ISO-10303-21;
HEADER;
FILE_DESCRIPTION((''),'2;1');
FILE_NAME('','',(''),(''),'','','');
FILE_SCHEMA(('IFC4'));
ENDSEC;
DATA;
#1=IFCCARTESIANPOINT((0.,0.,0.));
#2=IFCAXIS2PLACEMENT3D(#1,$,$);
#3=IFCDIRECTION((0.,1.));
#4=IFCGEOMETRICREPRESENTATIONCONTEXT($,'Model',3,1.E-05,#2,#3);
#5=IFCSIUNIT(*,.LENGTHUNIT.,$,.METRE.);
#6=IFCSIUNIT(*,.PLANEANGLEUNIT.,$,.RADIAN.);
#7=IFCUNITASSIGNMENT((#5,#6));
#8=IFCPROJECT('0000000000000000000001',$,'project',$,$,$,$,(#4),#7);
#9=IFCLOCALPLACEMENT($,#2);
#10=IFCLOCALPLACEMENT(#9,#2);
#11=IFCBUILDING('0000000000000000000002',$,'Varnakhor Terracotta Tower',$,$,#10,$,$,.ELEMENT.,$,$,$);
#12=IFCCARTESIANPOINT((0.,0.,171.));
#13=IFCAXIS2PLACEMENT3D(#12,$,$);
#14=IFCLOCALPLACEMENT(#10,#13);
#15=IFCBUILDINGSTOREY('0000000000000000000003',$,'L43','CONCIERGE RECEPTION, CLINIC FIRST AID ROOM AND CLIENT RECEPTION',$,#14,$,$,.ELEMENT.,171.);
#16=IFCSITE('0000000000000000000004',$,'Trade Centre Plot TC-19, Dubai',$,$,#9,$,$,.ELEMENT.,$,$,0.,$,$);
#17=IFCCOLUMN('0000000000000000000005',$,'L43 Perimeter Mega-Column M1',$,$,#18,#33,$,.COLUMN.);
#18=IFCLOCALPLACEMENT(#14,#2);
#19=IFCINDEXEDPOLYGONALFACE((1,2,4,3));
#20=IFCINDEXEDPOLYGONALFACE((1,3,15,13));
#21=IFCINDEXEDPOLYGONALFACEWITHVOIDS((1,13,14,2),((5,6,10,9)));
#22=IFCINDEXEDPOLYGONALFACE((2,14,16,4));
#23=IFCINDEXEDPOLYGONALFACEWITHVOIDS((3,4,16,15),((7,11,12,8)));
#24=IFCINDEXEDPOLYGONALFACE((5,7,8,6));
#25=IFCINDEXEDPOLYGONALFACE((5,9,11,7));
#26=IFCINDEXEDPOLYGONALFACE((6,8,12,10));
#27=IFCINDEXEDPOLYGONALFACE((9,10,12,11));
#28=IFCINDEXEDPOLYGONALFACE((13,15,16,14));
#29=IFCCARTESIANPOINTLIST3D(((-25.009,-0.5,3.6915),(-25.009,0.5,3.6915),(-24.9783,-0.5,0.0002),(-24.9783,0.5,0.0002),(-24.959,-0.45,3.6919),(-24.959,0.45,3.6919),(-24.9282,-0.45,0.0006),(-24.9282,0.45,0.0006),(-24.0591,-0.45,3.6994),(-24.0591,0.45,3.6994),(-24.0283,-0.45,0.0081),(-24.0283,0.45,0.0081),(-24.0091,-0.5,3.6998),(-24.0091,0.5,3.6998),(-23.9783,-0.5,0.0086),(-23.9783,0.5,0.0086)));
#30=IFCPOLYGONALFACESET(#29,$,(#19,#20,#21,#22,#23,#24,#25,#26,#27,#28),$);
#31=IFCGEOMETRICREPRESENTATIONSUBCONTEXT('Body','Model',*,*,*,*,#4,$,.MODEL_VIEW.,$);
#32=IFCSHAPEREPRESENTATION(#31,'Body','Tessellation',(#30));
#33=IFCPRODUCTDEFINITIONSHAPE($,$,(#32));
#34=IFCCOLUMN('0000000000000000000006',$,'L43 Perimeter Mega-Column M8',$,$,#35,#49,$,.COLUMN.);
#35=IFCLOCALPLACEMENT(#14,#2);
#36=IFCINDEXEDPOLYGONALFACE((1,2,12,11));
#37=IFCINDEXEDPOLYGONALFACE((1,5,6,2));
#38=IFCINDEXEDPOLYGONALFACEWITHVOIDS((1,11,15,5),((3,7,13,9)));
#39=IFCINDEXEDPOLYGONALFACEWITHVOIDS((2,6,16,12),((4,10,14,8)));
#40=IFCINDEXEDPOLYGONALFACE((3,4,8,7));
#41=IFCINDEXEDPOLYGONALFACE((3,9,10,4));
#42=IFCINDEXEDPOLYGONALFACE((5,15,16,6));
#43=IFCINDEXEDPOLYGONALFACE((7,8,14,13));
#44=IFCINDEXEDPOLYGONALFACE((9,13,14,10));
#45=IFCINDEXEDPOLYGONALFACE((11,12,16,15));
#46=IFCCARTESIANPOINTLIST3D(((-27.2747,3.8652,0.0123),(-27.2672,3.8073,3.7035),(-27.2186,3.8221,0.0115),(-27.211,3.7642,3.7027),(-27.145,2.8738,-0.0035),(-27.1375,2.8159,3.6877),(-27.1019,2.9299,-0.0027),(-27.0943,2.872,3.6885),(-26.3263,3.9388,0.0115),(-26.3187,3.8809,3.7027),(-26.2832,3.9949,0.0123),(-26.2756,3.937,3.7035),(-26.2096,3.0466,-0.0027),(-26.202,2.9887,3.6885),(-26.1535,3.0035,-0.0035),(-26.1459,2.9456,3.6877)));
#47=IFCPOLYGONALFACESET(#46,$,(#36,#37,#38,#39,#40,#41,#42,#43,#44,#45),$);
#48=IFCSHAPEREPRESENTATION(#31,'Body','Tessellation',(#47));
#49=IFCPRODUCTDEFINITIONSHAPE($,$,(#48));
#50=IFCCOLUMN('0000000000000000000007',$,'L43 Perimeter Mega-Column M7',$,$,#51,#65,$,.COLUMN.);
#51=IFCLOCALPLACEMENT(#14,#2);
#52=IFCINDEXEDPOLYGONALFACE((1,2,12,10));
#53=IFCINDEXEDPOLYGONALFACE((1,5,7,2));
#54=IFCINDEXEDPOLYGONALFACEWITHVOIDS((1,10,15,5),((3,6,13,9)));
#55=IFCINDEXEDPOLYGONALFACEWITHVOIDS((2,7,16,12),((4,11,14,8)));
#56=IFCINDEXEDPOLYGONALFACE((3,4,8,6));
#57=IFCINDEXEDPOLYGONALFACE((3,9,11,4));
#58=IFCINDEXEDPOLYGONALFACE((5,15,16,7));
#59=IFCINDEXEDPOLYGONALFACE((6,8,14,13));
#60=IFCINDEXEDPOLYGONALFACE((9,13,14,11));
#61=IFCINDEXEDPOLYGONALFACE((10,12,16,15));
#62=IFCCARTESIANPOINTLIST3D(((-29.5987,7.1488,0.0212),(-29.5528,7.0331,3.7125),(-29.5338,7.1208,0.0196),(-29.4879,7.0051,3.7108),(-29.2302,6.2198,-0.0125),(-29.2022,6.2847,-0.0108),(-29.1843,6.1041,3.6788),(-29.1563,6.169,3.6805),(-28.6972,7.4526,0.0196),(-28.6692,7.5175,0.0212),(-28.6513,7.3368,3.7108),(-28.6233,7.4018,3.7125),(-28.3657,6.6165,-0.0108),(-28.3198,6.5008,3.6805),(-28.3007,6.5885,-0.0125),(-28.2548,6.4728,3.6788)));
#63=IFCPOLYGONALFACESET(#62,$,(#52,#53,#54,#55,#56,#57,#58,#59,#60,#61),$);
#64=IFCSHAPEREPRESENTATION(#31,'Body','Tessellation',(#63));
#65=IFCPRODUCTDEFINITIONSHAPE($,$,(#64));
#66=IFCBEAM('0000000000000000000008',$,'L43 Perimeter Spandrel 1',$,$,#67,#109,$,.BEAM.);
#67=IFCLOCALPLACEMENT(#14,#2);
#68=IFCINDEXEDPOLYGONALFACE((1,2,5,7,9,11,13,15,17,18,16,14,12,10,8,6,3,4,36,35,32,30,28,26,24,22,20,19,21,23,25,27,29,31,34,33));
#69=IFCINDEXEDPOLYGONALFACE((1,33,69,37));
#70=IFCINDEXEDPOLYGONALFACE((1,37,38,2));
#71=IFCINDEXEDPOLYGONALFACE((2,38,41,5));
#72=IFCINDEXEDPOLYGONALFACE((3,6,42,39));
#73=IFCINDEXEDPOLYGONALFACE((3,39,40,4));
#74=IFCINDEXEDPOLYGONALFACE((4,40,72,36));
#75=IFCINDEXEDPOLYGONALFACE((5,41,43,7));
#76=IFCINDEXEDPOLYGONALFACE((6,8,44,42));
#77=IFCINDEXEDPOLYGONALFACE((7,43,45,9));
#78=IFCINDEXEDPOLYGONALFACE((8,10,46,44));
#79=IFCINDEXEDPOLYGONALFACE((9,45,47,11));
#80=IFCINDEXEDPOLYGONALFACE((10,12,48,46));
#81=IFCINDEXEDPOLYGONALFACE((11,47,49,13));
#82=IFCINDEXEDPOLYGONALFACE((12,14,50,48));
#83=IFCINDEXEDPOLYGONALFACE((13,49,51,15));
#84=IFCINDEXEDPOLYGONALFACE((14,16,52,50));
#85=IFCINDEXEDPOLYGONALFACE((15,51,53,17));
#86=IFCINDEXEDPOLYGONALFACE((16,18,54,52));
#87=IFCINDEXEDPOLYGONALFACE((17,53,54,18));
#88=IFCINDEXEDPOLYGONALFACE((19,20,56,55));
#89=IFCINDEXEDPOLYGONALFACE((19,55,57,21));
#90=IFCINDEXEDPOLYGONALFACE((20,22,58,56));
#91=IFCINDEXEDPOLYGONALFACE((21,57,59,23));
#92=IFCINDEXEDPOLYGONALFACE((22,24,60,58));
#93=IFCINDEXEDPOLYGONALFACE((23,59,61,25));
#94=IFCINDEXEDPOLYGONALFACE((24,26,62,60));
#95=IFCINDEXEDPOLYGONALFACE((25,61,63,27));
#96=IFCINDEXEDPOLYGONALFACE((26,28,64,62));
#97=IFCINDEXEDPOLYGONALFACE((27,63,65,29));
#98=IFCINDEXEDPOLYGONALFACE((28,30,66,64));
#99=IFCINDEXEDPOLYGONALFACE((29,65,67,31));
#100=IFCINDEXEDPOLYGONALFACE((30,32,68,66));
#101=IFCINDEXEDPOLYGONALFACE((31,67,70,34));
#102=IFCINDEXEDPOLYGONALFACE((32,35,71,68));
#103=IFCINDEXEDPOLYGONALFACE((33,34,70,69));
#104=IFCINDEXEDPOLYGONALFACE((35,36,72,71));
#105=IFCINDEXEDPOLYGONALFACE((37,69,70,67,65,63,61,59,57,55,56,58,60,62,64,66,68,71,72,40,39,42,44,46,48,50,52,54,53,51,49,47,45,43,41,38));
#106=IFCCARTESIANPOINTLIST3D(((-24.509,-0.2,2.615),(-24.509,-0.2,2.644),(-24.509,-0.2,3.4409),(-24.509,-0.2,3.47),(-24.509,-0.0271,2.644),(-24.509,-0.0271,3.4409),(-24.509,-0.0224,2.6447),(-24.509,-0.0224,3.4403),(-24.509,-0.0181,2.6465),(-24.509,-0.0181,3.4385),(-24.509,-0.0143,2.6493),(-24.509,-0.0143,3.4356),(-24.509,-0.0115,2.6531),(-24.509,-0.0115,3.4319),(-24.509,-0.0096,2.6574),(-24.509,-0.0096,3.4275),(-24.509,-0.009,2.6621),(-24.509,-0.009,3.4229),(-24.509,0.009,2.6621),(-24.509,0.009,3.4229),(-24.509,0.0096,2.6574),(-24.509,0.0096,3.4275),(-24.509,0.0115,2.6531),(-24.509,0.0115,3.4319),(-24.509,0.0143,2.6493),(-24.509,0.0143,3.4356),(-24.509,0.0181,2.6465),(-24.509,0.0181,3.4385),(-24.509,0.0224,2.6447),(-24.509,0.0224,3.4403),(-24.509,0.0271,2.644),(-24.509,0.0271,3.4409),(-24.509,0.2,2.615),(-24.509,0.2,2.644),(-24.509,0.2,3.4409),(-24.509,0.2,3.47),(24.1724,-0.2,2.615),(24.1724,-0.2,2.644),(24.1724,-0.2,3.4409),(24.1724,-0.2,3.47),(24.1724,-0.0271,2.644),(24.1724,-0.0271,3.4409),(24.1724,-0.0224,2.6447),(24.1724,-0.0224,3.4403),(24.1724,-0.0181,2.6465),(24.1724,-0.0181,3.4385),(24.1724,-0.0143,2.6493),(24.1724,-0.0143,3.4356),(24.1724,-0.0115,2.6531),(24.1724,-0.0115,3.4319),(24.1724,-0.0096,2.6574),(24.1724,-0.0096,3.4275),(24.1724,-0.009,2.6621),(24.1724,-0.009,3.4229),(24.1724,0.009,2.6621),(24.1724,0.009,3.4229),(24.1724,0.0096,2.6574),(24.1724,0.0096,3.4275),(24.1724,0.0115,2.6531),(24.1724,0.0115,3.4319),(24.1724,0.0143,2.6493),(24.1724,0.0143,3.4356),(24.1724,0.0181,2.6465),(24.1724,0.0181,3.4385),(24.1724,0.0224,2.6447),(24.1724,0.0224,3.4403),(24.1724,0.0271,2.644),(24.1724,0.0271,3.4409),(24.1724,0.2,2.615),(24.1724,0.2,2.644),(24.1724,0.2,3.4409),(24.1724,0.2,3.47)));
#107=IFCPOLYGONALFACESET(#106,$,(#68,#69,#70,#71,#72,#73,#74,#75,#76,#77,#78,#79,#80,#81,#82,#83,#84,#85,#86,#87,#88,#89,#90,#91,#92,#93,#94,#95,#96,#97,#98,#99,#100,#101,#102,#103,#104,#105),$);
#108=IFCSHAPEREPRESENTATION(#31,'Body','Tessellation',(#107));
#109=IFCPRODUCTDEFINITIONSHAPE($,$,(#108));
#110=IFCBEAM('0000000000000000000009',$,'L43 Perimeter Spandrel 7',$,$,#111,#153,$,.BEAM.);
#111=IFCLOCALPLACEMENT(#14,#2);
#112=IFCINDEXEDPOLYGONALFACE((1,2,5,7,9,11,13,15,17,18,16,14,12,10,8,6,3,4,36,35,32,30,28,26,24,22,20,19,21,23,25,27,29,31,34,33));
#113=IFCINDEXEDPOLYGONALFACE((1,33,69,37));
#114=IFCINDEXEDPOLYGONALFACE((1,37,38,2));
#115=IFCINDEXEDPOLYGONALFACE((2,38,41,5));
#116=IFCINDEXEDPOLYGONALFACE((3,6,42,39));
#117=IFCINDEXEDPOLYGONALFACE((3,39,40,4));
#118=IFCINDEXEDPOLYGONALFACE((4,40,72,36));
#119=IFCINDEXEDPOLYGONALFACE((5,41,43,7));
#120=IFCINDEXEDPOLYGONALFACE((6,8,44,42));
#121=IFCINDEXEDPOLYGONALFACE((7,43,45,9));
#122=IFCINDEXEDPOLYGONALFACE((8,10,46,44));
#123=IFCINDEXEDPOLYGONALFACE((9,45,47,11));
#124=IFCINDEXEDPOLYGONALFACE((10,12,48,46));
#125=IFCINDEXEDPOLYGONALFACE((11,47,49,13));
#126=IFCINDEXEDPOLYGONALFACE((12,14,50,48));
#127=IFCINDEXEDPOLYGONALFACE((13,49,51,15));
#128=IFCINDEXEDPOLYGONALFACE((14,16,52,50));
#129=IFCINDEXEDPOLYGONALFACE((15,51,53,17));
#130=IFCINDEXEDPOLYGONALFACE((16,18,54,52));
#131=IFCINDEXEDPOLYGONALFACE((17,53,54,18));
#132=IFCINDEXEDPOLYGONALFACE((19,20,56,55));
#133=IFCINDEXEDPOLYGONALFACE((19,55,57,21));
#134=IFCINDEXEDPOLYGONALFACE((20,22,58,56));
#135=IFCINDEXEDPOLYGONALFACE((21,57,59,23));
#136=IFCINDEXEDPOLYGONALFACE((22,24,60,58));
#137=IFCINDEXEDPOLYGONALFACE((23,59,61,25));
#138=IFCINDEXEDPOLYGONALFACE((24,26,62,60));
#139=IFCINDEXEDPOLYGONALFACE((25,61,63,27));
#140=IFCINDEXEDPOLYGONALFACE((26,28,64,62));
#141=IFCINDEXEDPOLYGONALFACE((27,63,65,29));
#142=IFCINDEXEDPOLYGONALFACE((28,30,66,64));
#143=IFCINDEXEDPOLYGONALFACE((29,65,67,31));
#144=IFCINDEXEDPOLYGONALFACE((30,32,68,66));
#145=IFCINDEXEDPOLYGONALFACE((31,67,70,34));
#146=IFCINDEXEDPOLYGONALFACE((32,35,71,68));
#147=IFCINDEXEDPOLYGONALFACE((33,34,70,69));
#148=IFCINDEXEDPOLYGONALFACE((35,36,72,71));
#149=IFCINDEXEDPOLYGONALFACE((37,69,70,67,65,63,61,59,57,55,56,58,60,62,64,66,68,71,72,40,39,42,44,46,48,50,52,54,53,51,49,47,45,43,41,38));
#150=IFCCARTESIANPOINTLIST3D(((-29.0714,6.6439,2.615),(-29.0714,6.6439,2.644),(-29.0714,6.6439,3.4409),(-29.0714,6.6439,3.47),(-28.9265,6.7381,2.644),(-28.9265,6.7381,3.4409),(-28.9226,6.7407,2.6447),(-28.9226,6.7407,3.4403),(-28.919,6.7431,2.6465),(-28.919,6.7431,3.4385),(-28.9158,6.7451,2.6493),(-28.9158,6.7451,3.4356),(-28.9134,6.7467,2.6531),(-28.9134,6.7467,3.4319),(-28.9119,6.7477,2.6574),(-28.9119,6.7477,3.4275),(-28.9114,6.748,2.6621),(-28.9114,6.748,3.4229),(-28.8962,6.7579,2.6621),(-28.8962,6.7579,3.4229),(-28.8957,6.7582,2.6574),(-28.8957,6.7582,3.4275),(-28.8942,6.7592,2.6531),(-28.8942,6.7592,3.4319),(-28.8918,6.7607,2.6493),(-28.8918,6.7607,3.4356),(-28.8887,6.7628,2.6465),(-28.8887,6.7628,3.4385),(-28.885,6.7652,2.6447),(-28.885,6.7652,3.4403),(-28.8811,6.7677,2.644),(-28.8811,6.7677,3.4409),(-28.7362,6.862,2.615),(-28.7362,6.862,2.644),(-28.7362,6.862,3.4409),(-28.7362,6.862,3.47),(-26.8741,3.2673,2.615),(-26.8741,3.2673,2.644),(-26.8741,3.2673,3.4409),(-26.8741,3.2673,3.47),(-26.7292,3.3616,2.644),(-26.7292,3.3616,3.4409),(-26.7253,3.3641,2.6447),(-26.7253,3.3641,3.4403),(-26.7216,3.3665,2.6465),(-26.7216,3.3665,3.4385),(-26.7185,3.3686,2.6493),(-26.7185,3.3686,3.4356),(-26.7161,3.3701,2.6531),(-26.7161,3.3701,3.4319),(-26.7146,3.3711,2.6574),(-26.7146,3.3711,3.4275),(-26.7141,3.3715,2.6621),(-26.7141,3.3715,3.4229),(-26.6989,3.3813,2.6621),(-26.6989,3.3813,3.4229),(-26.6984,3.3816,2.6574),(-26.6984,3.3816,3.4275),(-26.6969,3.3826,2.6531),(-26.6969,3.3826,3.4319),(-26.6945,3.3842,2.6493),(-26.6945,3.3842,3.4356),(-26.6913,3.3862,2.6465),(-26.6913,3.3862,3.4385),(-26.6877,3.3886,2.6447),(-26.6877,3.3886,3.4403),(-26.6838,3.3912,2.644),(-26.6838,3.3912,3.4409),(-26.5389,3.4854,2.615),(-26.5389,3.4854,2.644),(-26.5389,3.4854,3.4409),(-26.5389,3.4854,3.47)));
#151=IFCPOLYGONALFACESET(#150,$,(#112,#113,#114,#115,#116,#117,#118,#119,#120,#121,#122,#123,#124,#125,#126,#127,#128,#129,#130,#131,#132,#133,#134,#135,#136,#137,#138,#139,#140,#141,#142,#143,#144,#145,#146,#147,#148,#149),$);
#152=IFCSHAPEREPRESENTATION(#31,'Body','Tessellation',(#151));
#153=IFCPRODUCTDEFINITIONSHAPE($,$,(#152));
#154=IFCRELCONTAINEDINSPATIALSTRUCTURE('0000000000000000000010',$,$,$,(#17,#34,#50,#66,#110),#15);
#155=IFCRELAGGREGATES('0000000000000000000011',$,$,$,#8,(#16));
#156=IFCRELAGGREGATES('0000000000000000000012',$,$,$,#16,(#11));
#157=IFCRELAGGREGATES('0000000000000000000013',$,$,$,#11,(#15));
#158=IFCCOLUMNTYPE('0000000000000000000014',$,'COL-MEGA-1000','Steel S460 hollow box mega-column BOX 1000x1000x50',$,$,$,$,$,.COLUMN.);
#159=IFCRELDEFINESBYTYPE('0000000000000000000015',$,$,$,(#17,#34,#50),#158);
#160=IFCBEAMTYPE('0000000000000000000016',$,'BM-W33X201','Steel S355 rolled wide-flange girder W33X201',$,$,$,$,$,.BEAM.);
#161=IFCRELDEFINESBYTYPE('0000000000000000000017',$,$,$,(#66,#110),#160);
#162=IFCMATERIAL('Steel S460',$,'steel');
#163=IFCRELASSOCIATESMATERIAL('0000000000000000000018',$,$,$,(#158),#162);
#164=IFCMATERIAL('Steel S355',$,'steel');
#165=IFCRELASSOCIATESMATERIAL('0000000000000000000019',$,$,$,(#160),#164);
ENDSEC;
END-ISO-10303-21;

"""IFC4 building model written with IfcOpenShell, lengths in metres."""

from ifc_helpers import new_model, si_unit, direction, frame, origin, origin_2d, place, context, subcontext, project, spatial, hollow_rectangle, i_section, extrude, source, transform, mapped, material, material_profile, profile_set, type_object, type_shapes, element, save


model = new_model("IFC4")

# Units and contexts
model_context = context("Model", 3, precision=1e-05, world=origin(), true_north=direction((0.0, 1.0)))
body_context = subcontext(model_context, "Body", "Model", "MODEL_VIEW")
ifc_project = project(units=[si_unit("LENGTHUNIT", "METRE"), si_unit("PLANEANGLEUNIT", "RADIAN")], contexts=[model_context])

# Site, building, storey
site_placement = place(None, origin())
site = spatial("IfcSite", under=ifc_project, at=site_placement, Name="Trade Centre Plot TC-19, Dubai", CompositionType="ELEMENT", RefElevation=0.0)
building_placement = place(site_placement, origin())
building = spatial("IfcBuilding", under=site, at=building_placement, Name="Varnakhor Terracotta Tower", CompositionType="ELEMENT")
storey_placement = place(building_placement, frame((0.0, 0.0, 171.0)))
storey = spatial("IfcBuildingStorey", under=building, at=storey_placement, Name="L43", Description="CONCIERGE RECEPTION, CLINIC FIRST AID ROOM AND CLIENT RECEPTION", CompositionType="ELEMENT", Elevation=171.0)

# Columns
ifc_material_1 = material(Name="Steel S460", Category="steel")
ifc_material_profile_1 = material_profile(ifc_material_1, hollow_rectangle(XDim=1.0, YDim=1.0, WallThickness=0.05, at=origin_2d()), Name="BOX 1000x1000x50")
ifc_profile_set_1 = profile_set([ifc_material_profile_1], Name="Steel S460")
column_type = type_object("IfcColumnType", Name="COL-MEGA-1000", Description="Steel S460 hollow box mega-column BOX 1000x1000x50", PredefinedType="COLUMN", material=ifc_profile_set_1)
shared_shape_1 = source(origin(), body_context, "Body", "SweptSolid", [
    extrude(hollow_rectangle(XDim=1.0, YDim=1.0, WallThickness=0.05, at=origin_2d()), origin(), (0.0, 0.0, 1.0), 3.6914),
])
type_shapes(column_type, [shared_shape_1])
column_1_placement = place(storey_placement, frame((-24.4783, 0.0, 0.0044), z_axis=(-0.008334, 0.0, 0.999965), x_axis=(0.0, -1.0, 0.0)))
element("IfcColumn", 1, at=column_1_placement, inside=storey, type_object=column_type, Name="L43 Perimeter Mega-Column M1", PredefinedType="COLUMN", context=body_context, shape_type="MappedRepresentation", body=[
    mapped(shared_shape_1, transform((0.0, 0.0, 0.0), scale=1.0)),
])
shared_shape_2 = source(origin(), body_context, "Body", "SweptSolid", [
    extrude(hollow_rectangle(XDim=1.0, YDim=1.0, WallThickness=0.05, at=origin_2d()), origin(), (0.0, 0.0, 1.0), 3.6917),
])
column_2_placement = place(storey_placement, frame((-26.7141, 3.4343, 0.0044), z_axis=(0.00205, -0.015674, 0.999875), x_axis=(0.991554, 0.129697, 0.0)))
element("IfcColumn", 2, at=column_2_placement, inside=storey, type_object=column_type, Name="L43 Perimeter Mega-Column M8", PredefinedType="COLUMN", context=body_context, shape_type="MappedRepresentation", body=[
    mapped(shared_shape_2, transform((0.0, 0.0, 0.0), scale=1.0)),
])
shared_shape_3 = source(origin(), body_context, "Body", "SweptSolid", [
    extrude(hollow_rectangle(XDim=1.0, YDim=1.0, WallThickness=0.05, at=origin_2d()), origin(), (0.0, 0.0, 1.0), 3.6934),
])
column_3_placement = place(storey_placement, frame((-28.9497, 6.8687, 0.0044), z_axis=(0.012428, -0.031333, 0.999432), x_axis=(0.929555, 0.368684, 0.0)))
element("IfcColumn", 3, at=column_3_placement, inside=storey, type_object=column_type, Name="L43 Perimeter Mega-Column M7", PredefinedType="COLUMN", context=body_context, shape_type="MappedRepresentation", body=[
    mapped(shared_shape_3, transform((0.0, 0.0, 0.0), scale=1.0)),
])

# Beams
ifc_material_2 = material(Name="Steel S355", Category="steel")
ifc_material_profile_2 = material_profile(ifc_material_2, i_section(OverallWidth=0.3999, OverallDepth=0.855, WebThickness=0.0181, FlangeThickness=0.0291, FilletRadius=0.0181, at=origin_2d()), Name="W33X201")
ifc_profile_set_2 = profile_set([ifc_material_profile_2], Name="Steel S355")
beam_type_1 = type_object("IfcBeamType", Name="BM-W33X201", Description="Steel S355 rolled wide-flange girder W33X201", PredefinedType="BEAM", material=ifc_profile_set_2)
shared_shape_4 = source(origin(), body_context, "Body", "SweptSolid", [
    extrude(i_section(OverallWidth=0.3999, OverallDepth=0.855, WebThickness=0.0181, FlangeThickness=0.0291, FilletRadius=0.0181, at=origin_2d()), origin(), (0.0, 0.0, 1.0), 48.6814),
])
beam_1_placement = place(storey_placement, frame((-24.509, 0.0, 3.0425), z_axis=(1.0, 0.0, 0.0), x_axis=(0.0, 1.0, 0.0)))
element("IfcBeam", 4, at=beam_1_placement, inside=storey, type_object=beam_type_1, Name="L43 Perimeter Spandrel 1", PredefinedType="BEAM", context=body_context, shape_type="MappedRepresentation", body=[
    mapped(shared_shape_4, transform((0.0, 0.0, 0.0), scale=1.0)),
])
shared_shape_5 = source(origin(), body_context, "Body", "SweptSolid", [
    extrude(i_section(OverallWidth=0.3999, OverallDepth=0.855, WebThickness=0.0181, FlangeThickness=0.0291, FilletRadius=0.0181, at=origin_2d()), origin(), (0.0, 0.0, 1.0), 4.0286),
])
for number, where, z_axis, x_axis, name in (
    (5, (-28.9038, 6.7529, 3.0425), (0.545436, -0.838153, 0.0), (0.838153, 0.545436, 0.0), "L43 Perimeter Spandrel 7"),
):
    element("IfcBeam", number, at=place(storey_placement, frame(where, z_axis=z_axis, x_axis=x_axis)), inside=storey, type_object=beam_type_1, Name=name, PredefinedType="BEAM", context=body_context, shape_type="MappedRepresentation", body=[
        mapped(shared_shape_5, transform((0.0, 0.0, 0.0), scale=1.0)),
    ])

save(model, "model.ifc")
